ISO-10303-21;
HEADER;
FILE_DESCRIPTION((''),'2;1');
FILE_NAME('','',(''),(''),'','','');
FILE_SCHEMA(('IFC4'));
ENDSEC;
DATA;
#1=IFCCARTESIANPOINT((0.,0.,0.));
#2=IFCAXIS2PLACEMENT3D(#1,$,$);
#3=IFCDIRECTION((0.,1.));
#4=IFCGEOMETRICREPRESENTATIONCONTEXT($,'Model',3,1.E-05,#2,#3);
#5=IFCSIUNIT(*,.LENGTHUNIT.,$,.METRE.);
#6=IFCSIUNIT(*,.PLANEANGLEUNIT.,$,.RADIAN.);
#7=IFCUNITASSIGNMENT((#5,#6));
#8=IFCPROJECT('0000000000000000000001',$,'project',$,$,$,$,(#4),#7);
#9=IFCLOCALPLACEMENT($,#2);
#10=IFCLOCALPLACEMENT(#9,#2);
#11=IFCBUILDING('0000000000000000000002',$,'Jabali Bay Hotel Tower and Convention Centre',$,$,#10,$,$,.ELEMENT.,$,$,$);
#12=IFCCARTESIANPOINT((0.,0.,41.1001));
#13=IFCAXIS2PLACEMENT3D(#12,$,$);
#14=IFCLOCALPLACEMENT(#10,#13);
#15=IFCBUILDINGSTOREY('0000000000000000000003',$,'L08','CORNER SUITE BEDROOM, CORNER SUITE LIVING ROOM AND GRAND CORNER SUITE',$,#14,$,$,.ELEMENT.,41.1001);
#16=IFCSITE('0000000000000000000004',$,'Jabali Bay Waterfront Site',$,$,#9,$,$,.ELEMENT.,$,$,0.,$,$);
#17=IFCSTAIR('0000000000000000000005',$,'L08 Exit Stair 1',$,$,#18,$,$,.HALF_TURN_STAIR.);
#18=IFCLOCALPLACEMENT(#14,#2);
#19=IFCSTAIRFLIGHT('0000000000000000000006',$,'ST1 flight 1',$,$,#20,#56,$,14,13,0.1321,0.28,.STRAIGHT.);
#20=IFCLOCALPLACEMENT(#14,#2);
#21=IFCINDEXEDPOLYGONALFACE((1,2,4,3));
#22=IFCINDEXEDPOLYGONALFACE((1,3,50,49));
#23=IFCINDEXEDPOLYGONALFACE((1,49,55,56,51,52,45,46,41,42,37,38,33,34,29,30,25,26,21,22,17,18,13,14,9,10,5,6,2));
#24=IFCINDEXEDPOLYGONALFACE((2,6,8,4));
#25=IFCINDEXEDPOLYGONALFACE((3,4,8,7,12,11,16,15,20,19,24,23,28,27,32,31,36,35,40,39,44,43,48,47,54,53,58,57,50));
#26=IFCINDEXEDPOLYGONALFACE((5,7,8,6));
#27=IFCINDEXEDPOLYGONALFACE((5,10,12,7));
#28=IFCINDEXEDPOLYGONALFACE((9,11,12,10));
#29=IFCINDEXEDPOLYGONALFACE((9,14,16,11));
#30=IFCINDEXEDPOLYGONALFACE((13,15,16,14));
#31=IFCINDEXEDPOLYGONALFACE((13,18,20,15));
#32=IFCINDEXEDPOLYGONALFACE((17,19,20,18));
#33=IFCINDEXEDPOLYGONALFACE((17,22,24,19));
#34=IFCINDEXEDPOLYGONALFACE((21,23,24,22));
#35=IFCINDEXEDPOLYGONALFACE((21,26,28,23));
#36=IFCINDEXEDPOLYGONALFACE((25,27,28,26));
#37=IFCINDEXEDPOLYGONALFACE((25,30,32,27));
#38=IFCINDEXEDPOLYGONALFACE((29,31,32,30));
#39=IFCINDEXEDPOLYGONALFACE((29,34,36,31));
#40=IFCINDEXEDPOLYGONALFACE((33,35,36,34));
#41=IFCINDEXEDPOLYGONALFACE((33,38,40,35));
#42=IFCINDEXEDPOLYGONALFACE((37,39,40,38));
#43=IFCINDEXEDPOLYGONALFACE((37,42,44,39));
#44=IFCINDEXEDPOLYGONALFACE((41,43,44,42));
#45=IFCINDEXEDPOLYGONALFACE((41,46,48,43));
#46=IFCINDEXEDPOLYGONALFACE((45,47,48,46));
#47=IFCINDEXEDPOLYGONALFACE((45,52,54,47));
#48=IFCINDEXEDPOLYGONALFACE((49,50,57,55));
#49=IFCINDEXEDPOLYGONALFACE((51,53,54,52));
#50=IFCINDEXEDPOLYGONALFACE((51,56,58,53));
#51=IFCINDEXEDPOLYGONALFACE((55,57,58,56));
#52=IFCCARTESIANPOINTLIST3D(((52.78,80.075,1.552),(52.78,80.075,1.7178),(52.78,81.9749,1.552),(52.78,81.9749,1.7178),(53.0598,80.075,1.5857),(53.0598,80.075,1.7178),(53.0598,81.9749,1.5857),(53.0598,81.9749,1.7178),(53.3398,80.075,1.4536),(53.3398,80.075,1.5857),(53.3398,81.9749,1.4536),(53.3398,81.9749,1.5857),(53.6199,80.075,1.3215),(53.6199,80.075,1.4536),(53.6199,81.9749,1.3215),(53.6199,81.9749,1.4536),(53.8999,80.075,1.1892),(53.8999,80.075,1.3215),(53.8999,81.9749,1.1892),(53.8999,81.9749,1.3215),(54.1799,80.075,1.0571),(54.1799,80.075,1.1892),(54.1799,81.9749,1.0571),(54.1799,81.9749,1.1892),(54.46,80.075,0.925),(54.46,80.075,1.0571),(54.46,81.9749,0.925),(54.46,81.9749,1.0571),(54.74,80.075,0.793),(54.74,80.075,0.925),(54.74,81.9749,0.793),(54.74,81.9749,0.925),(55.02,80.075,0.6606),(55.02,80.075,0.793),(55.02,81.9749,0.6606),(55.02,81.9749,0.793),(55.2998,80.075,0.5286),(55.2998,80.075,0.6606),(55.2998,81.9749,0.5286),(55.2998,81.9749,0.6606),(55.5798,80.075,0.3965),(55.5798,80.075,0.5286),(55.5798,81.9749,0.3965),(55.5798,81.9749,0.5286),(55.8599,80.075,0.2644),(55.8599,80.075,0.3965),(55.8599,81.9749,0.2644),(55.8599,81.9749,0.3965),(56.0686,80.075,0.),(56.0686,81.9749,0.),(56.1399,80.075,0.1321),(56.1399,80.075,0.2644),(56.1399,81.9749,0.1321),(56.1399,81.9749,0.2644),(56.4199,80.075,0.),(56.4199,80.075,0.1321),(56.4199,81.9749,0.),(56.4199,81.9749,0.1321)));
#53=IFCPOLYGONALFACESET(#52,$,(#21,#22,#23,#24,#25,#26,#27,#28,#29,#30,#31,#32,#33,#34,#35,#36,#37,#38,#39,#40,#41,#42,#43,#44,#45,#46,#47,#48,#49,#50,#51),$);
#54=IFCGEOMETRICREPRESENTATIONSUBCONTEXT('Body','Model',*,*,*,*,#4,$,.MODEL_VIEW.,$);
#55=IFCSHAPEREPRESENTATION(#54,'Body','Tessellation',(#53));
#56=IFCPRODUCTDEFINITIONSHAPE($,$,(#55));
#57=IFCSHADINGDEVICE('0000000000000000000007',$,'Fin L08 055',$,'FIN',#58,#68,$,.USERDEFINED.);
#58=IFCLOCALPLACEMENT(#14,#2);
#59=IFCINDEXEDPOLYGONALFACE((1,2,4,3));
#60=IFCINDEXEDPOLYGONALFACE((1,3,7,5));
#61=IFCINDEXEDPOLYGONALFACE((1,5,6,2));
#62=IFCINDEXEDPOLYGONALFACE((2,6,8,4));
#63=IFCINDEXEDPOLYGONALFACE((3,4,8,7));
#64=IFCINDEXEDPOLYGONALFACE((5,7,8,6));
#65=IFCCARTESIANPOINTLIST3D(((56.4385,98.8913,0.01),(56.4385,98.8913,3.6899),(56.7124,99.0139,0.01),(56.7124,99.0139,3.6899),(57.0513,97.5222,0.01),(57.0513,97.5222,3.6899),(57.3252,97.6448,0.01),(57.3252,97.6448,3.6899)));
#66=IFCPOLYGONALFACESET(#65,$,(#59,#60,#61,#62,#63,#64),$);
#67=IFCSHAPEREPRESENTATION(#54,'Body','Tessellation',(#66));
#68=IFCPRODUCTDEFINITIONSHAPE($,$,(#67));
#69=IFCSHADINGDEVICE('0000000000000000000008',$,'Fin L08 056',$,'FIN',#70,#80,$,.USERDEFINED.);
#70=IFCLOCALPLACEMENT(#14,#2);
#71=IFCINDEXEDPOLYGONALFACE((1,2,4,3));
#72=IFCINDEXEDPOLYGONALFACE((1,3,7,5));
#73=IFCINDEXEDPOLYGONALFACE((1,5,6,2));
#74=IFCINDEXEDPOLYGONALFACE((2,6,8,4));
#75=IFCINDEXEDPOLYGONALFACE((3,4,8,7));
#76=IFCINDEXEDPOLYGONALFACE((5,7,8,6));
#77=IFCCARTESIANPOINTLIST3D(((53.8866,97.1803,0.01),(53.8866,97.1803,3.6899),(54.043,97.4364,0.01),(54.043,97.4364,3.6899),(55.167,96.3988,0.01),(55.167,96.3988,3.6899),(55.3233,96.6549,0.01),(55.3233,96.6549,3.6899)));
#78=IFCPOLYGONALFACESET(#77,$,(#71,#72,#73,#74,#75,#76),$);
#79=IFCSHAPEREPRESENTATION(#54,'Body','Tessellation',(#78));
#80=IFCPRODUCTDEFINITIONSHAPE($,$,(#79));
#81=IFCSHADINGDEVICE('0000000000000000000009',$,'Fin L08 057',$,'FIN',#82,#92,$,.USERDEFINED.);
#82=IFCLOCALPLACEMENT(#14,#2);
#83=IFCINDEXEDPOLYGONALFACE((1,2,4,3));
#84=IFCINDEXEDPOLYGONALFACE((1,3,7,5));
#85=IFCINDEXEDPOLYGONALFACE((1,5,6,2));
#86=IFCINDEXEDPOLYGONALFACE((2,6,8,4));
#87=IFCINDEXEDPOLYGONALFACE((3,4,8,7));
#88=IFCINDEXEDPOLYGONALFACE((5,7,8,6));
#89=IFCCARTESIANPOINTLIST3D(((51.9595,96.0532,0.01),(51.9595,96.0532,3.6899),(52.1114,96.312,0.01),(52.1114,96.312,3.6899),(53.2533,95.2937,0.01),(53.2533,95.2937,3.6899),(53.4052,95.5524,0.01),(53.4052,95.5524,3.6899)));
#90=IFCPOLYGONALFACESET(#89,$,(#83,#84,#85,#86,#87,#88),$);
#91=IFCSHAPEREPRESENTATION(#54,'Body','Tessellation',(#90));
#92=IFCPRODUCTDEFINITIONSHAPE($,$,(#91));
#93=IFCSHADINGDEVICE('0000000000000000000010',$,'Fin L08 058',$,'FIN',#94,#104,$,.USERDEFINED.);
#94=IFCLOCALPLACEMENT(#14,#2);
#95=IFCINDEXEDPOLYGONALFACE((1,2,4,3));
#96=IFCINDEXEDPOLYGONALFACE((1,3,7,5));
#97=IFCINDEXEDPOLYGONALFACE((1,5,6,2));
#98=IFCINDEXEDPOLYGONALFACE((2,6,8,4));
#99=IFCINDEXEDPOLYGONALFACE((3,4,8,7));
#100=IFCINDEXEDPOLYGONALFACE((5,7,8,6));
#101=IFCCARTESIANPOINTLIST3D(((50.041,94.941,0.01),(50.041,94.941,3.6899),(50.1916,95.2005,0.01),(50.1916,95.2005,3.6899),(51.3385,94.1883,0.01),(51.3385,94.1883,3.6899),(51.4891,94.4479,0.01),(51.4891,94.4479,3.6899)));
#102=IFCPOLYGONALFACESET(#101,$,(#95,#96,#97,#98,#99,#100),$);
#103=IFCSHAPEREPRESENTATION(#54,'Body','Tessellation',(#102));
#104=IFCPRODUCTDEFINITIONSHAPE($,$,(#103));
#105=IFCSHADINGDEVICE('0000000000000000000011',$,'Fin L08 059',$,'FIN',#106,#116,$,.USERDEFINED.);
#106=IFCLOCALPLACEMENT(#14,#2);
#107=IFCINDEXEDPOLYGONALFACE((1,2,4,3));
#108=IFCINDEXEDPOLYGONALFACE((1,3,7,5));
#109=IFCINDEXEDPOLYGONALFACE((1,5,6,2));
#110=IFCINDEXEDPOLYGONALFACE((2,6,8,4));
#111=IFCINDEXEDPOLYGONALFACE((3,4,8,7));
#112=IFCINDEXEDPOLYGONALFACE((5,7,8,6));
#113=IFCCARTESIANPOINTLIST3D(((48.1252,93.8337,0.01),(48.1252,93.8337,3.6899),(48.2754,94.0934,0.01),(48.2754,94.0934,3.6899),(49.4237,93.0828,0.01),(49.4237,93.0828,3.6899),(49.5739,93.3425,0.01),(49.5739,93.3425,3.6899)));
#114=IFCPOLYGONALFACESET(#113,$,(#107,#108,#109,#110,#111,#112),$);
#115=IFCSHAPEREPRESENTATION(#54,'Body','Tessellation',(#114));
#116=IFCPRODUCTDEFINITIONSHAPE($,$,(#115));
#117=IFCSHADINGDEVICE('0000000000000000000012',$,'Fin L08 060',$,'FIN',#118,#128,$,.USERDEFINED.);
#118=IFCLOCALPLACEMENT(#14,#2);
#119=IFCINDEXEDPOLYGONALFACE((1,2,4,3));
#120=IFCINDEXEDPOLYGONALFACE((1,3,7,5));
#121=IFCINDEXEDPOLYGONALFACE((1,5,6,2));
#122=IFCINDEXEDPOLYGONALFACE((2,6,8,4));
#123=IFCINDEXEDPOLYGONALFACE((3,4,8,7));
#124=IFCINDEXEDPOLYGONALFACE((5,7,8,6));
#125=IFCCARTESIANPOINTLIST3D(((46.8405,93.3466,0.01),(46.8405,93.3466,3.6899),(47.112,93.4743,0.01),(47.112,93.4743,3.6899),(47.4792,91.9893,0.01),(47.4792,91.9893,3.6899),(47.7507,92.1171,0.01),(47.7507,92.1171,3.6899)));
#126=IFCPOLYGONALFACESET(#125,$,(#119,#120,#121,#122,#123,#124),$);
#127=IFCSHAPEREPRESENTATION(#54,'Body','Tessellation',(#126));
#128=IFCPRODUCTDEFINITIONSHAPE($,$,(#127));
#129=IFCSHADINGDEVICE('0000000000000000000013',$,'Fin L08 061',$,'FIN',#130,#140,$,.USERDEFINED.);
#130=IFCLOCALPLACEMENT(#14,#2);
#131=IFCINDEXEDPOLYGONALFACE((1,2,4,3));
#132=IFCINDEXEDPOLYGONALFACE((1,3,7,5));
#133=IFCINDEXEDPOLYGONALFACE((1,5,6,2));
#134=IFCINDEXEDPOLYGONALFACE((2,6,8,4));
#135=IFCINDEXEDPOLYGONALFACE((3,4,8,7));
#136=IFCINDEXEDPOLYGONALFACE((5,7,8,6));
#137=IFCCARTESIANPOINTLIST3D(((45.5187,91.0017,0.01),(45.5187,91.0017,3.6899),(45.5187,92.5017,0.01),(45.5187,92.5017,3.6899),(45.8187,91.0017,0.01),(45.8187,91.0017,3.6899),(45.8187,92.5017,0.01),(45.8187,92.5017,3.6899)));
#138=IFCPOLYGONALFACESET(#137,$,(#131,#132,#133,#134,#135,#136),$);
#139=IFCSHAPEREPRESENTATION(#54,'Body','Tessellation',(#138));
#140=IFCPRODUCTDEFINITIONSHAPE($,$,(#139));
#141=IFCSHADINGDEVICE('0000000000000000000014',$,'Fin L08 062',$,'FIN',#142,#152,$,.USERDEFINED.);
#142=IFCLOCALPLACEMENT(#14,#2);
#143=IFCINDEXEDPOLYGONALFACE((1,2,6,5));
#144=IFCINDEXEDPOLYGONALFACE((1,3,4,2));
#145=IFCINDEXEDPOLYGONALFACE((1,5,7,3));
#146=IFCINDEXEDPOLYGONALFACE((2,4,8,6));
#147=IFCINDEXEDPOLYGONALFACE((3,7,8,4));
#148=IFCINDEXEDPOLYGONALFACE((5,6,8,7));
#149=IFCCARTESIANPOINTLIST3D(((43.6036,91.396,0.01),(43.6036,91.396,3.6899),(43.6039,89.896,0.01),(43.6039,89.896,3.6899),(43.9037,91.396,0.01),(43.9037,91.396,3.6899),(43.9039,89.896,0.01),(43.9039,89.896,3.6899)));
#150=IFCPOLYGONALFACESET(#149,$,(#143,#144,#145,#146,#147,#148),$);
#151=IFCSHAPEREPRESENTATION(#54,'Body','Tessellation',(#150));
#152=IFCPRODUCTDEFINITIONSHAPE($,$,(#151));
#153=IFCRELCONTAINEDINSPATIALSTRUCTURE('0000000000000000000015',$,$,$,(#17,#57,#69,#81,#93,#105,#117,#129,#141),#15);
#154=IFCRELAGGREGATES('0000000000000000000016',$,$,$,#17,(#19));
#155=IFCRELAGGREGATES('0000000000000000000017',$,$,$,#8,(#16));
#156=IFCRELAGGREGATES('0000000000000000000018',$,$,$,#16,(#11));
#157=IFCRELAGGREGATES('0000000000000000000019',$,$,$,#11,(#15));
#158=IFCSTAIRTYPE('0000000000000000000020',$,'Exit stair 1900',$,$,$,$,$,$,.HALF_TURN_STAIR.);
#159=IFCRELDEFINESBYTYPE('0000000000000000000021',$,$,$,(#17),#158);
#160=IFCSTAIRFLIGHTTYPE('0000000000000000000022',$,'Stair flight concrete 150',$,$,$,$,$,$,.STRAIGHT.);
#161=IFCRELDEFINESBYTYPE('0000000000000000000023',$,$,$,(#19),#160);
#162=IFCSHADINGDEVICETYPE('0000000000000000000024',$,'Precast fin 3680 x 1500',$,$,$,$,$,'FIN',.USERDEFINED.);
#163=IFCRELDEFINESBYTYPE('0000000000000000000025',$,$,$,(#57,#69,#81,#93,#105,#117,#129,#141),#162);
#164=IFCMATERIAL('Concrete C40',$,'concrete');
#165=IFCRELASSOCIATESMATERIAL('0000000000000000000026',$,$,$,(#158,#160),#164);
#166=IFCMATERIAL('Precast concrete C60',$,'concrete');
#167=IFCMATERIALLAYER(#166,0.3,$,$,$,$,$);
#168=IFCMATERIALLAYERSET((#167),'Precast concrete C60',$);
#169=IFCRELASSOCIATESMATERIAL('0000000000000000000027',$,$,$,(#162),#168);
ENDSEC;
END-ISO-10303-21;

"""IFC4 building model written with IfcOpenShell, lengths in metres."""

from ifc_helpers import new_model, si_unit, direction, frame, frame_2d, origin, place, context, subcontext, project, spatial, polyline, rectangle, outline, extrude, material, layer, layer_set, type_object, element, aggregate, save


model = new_model("IFC4")

# Units and contexts
model_context = context("Model", 3, precision=1e-05, world=origin(), true_north=direction((0.0, 1.0)))
body_context = subcontext(model_context, "Body", "Model", "MODEL_VIEW")
ifc_project = project(units=[si_unit("LENGTHUNIT", "METRE"), si_unit("PLANEANGLEUNIT", "RADIAN")], contexts=[model_context])

# Site, building, storey
site_placement = place(None, origin())
site = spatial("IfcSite", under=ifc_project, at=site_placement, Name="Jabali Bay Waterfront Site", CompositionType="ELEMENT", RefElevation=0.0)
building_placement = place(site_placement, origin())
building = spatial("IfcBuilding", under=site, at=building_placement, Name="Jabali Bay Hotel Tower and Convention Centre", CompositionType="ELEMENT")
storey_placement = place(building_placement, frame((0.0, 0.0, 41.1001)))
storey = spatial("IfcBuildingStorey", under=building, at=storey_placement, Name="L08", Description="CORNER SUITE BEDROOM, CORNER SUITE LIVING ROOM AND GRAND CORNER SUITE", CompositionType="ELEMENT", Elevation=41.1001)

# Shared definitions
ifc_material_1 = material(Name="Concrete C40", Category="concrete")

# Stair, stair flight
stair_type = type_object("IfcStairType", Name="Exit stair 1900", PredefinedType="HALF_TURN_STAIR", material=ifc_material_1)
stair_placement = place(storey_placement, origin())
stair = element("IfcStair", 1, at=stair_placement, inside=storey, type_object=stair_type, Name="L08 Exit Stair 1", PredefinedType="HALF_TURN_STAIR")
stair_flight_type = type_object("IfcStairFlightType", Name="Stair flight concrete 150", PredefinedType="STRAIGHT", material=ifc_material_1)
stair_flight_placement = place(storey_placement, frame((56.4199, 81.0249, 0.0), z_axis=(0.0, 0.0, 1.0), x_axis=(-1.0, 0.0, 0.0)))
stair_flight = element("IfcStairFlight", 2, at=stair_flight_placement, type_object=stair_flight_type, Name="ST1 flight 1", NumberOfRisers=14, NumberOfTreads=13, PredefinedType="STRAIGHT", RiserHeight=0.1321, TreadLength=0.28, context=body_context, shape_type="SweptSolid", body=[
    extrude(outline(polyline([(0.0, 0.0), (0.0, 0.1321), (0.28, 0.1321), (0.28, 0.2644), (0.5601, 0.2644), (0.5601, 0.3965), (0.8401, 0.3965), (0.8401, 0.5286), (1.1201, 0.5286), (1.1201, 0.6606), (1.3999, 0.6606), (1.3999, 0.793), (1.6799, 0.793), (1.6799, 0.925), (1.96, 0.925), (1.96, 1.0571), (2.24, 1.0571), (2.24, 1.1892), (2.52, 1.1892), (2.52, 1.3215), (2.8, 1.3215), (2.8, 1.4536), (3.0801, 1.4536), (3.0801, 1.5857), (3.3601, 1.5857), (3.3601, 1.7178), (3.6399, 1.7178), (3.6399, 1.8501), (3.6399, 1.552), (0.3513, 0.0), (0.0, 0.0)])), frame((0.0, 0.95, 0.0), z_axis=(0.0, -1.0, 0.0), x_axis=(1.0, 0.0, 0.0)), (0.0, 0.0, 1.0), 1.8999),
])
aggregate(stair, [stair_flight])

# Shading devices
ifc_material_2 = material(Name="Precast concrete C60", Category="concrete")
ifc_layer_1 = layer(ifc_material_2, 0.3)
ifc_layer_set_1 = layer_set([ifc_layer_1], Name="Precast concrete C60")
shading_device_type = type_object("IfcShadingDeviceType", Name="Precast fin 3680 x 1500", ElementType="FIN", PredefinedType="USERDEFINED", material=ifc_layer_set_1)
for number, where, z_axis, x_axis, name in (
    (3, (57.1882, 97.5835, 0.01), (0.0, 0.0, 1.0), (-0.408523, 0.912748, 0.0), "Fin L08 055"),
    (4, (55.2451, 96.5269, 0.01), (0.0, 0.0, 1.0), (-0.853547, 0.521015, 0.0), "Fin L08 056"),
):
    element("IfcShadingDevice", number, at=place(storey_placement, frame(where, z_axis=z_axis, x_axis=x_axis)), inside=storey, type_object=shading_device_type, Name=name, ObjectType="FIN", PredefinedType="USERDEFINED", context=body_context, shape_type="SweptSolid", body=[
        extrude(rectangle(XDim=1.5, YDim=0.3, at=frame_2d((0.75, 0.0))), origin(), (0.0, 0.0, 1.0), 3.6799),
    ])
shading_device_placement = place(storey_placement, frame((53.3291, 95.4231, 0.01), z_axis=(0.0, 0.0, 1.0), x_axis=(-0.862365, 0.506287, 0.0)))
element("IfcShadingDevice", 5, at=shading_device_placement, inside=storey, type_object=shading_device_type, Name="Fin L08 057", ObjectType="FIN", PredefinedType="USERDEFINED", context=body_context, shape_type="SweptSolid", body=[
    extrude(rectangle(XDim=1.5002, YDim=0.3, at=frame_2d((0.75, 0.0))), origin(), (0.0, 0.0, 1.0), 3.6799),
])
for number, where, z_axis, x_axis, name in (
    (6, (51.4138, 94.3181, 0.01), (0.0, 0.0, 1.0), (-0.86501, 0.501755, 0.0), "Fin L08 058"),
    (7, (49.4988, 93.2126, 0.01), (0.0, 0.0, 1.0), (-0.865668, 0.500619, 0.0), "Fin L08 059"),
    (8, (47.615, 92.0532, 0.01), (0.0, 0.0, 1.0), (-0.425797, 0.904819, 0.0), "Fin L08 060"),
    (9, (45.6687, 91.0017, 0.01), (0.0, 0.0, 1.0), (0.0, 1.0, 0.0), "Fin L08 061"),
    (10, (43.7539, 89.896, 0.01), (0.0, 0.0, 1.0), (-0.000163, 1.0, 0.0), "Fin L08 062"),
):
    element("IfcShadingDevice", number, at=place(storey_placement, frame(where, z_axis=z_axis, x_axis=x_axis)), inside=storey, type_object=shading_device_type, Name=name, ObjectType="FIN", PredefinedType="USERDEFINED", context=body_context, shape_type="SweptSolid", body=[
        extrude(rectangle(XDim=1.5, YDim=0.3, at=frame_2d((0.75, 0.0))), origin(), (0.0, 0.0, 1.0), 3.6799),
    ])

save(model, "model.ifc")
